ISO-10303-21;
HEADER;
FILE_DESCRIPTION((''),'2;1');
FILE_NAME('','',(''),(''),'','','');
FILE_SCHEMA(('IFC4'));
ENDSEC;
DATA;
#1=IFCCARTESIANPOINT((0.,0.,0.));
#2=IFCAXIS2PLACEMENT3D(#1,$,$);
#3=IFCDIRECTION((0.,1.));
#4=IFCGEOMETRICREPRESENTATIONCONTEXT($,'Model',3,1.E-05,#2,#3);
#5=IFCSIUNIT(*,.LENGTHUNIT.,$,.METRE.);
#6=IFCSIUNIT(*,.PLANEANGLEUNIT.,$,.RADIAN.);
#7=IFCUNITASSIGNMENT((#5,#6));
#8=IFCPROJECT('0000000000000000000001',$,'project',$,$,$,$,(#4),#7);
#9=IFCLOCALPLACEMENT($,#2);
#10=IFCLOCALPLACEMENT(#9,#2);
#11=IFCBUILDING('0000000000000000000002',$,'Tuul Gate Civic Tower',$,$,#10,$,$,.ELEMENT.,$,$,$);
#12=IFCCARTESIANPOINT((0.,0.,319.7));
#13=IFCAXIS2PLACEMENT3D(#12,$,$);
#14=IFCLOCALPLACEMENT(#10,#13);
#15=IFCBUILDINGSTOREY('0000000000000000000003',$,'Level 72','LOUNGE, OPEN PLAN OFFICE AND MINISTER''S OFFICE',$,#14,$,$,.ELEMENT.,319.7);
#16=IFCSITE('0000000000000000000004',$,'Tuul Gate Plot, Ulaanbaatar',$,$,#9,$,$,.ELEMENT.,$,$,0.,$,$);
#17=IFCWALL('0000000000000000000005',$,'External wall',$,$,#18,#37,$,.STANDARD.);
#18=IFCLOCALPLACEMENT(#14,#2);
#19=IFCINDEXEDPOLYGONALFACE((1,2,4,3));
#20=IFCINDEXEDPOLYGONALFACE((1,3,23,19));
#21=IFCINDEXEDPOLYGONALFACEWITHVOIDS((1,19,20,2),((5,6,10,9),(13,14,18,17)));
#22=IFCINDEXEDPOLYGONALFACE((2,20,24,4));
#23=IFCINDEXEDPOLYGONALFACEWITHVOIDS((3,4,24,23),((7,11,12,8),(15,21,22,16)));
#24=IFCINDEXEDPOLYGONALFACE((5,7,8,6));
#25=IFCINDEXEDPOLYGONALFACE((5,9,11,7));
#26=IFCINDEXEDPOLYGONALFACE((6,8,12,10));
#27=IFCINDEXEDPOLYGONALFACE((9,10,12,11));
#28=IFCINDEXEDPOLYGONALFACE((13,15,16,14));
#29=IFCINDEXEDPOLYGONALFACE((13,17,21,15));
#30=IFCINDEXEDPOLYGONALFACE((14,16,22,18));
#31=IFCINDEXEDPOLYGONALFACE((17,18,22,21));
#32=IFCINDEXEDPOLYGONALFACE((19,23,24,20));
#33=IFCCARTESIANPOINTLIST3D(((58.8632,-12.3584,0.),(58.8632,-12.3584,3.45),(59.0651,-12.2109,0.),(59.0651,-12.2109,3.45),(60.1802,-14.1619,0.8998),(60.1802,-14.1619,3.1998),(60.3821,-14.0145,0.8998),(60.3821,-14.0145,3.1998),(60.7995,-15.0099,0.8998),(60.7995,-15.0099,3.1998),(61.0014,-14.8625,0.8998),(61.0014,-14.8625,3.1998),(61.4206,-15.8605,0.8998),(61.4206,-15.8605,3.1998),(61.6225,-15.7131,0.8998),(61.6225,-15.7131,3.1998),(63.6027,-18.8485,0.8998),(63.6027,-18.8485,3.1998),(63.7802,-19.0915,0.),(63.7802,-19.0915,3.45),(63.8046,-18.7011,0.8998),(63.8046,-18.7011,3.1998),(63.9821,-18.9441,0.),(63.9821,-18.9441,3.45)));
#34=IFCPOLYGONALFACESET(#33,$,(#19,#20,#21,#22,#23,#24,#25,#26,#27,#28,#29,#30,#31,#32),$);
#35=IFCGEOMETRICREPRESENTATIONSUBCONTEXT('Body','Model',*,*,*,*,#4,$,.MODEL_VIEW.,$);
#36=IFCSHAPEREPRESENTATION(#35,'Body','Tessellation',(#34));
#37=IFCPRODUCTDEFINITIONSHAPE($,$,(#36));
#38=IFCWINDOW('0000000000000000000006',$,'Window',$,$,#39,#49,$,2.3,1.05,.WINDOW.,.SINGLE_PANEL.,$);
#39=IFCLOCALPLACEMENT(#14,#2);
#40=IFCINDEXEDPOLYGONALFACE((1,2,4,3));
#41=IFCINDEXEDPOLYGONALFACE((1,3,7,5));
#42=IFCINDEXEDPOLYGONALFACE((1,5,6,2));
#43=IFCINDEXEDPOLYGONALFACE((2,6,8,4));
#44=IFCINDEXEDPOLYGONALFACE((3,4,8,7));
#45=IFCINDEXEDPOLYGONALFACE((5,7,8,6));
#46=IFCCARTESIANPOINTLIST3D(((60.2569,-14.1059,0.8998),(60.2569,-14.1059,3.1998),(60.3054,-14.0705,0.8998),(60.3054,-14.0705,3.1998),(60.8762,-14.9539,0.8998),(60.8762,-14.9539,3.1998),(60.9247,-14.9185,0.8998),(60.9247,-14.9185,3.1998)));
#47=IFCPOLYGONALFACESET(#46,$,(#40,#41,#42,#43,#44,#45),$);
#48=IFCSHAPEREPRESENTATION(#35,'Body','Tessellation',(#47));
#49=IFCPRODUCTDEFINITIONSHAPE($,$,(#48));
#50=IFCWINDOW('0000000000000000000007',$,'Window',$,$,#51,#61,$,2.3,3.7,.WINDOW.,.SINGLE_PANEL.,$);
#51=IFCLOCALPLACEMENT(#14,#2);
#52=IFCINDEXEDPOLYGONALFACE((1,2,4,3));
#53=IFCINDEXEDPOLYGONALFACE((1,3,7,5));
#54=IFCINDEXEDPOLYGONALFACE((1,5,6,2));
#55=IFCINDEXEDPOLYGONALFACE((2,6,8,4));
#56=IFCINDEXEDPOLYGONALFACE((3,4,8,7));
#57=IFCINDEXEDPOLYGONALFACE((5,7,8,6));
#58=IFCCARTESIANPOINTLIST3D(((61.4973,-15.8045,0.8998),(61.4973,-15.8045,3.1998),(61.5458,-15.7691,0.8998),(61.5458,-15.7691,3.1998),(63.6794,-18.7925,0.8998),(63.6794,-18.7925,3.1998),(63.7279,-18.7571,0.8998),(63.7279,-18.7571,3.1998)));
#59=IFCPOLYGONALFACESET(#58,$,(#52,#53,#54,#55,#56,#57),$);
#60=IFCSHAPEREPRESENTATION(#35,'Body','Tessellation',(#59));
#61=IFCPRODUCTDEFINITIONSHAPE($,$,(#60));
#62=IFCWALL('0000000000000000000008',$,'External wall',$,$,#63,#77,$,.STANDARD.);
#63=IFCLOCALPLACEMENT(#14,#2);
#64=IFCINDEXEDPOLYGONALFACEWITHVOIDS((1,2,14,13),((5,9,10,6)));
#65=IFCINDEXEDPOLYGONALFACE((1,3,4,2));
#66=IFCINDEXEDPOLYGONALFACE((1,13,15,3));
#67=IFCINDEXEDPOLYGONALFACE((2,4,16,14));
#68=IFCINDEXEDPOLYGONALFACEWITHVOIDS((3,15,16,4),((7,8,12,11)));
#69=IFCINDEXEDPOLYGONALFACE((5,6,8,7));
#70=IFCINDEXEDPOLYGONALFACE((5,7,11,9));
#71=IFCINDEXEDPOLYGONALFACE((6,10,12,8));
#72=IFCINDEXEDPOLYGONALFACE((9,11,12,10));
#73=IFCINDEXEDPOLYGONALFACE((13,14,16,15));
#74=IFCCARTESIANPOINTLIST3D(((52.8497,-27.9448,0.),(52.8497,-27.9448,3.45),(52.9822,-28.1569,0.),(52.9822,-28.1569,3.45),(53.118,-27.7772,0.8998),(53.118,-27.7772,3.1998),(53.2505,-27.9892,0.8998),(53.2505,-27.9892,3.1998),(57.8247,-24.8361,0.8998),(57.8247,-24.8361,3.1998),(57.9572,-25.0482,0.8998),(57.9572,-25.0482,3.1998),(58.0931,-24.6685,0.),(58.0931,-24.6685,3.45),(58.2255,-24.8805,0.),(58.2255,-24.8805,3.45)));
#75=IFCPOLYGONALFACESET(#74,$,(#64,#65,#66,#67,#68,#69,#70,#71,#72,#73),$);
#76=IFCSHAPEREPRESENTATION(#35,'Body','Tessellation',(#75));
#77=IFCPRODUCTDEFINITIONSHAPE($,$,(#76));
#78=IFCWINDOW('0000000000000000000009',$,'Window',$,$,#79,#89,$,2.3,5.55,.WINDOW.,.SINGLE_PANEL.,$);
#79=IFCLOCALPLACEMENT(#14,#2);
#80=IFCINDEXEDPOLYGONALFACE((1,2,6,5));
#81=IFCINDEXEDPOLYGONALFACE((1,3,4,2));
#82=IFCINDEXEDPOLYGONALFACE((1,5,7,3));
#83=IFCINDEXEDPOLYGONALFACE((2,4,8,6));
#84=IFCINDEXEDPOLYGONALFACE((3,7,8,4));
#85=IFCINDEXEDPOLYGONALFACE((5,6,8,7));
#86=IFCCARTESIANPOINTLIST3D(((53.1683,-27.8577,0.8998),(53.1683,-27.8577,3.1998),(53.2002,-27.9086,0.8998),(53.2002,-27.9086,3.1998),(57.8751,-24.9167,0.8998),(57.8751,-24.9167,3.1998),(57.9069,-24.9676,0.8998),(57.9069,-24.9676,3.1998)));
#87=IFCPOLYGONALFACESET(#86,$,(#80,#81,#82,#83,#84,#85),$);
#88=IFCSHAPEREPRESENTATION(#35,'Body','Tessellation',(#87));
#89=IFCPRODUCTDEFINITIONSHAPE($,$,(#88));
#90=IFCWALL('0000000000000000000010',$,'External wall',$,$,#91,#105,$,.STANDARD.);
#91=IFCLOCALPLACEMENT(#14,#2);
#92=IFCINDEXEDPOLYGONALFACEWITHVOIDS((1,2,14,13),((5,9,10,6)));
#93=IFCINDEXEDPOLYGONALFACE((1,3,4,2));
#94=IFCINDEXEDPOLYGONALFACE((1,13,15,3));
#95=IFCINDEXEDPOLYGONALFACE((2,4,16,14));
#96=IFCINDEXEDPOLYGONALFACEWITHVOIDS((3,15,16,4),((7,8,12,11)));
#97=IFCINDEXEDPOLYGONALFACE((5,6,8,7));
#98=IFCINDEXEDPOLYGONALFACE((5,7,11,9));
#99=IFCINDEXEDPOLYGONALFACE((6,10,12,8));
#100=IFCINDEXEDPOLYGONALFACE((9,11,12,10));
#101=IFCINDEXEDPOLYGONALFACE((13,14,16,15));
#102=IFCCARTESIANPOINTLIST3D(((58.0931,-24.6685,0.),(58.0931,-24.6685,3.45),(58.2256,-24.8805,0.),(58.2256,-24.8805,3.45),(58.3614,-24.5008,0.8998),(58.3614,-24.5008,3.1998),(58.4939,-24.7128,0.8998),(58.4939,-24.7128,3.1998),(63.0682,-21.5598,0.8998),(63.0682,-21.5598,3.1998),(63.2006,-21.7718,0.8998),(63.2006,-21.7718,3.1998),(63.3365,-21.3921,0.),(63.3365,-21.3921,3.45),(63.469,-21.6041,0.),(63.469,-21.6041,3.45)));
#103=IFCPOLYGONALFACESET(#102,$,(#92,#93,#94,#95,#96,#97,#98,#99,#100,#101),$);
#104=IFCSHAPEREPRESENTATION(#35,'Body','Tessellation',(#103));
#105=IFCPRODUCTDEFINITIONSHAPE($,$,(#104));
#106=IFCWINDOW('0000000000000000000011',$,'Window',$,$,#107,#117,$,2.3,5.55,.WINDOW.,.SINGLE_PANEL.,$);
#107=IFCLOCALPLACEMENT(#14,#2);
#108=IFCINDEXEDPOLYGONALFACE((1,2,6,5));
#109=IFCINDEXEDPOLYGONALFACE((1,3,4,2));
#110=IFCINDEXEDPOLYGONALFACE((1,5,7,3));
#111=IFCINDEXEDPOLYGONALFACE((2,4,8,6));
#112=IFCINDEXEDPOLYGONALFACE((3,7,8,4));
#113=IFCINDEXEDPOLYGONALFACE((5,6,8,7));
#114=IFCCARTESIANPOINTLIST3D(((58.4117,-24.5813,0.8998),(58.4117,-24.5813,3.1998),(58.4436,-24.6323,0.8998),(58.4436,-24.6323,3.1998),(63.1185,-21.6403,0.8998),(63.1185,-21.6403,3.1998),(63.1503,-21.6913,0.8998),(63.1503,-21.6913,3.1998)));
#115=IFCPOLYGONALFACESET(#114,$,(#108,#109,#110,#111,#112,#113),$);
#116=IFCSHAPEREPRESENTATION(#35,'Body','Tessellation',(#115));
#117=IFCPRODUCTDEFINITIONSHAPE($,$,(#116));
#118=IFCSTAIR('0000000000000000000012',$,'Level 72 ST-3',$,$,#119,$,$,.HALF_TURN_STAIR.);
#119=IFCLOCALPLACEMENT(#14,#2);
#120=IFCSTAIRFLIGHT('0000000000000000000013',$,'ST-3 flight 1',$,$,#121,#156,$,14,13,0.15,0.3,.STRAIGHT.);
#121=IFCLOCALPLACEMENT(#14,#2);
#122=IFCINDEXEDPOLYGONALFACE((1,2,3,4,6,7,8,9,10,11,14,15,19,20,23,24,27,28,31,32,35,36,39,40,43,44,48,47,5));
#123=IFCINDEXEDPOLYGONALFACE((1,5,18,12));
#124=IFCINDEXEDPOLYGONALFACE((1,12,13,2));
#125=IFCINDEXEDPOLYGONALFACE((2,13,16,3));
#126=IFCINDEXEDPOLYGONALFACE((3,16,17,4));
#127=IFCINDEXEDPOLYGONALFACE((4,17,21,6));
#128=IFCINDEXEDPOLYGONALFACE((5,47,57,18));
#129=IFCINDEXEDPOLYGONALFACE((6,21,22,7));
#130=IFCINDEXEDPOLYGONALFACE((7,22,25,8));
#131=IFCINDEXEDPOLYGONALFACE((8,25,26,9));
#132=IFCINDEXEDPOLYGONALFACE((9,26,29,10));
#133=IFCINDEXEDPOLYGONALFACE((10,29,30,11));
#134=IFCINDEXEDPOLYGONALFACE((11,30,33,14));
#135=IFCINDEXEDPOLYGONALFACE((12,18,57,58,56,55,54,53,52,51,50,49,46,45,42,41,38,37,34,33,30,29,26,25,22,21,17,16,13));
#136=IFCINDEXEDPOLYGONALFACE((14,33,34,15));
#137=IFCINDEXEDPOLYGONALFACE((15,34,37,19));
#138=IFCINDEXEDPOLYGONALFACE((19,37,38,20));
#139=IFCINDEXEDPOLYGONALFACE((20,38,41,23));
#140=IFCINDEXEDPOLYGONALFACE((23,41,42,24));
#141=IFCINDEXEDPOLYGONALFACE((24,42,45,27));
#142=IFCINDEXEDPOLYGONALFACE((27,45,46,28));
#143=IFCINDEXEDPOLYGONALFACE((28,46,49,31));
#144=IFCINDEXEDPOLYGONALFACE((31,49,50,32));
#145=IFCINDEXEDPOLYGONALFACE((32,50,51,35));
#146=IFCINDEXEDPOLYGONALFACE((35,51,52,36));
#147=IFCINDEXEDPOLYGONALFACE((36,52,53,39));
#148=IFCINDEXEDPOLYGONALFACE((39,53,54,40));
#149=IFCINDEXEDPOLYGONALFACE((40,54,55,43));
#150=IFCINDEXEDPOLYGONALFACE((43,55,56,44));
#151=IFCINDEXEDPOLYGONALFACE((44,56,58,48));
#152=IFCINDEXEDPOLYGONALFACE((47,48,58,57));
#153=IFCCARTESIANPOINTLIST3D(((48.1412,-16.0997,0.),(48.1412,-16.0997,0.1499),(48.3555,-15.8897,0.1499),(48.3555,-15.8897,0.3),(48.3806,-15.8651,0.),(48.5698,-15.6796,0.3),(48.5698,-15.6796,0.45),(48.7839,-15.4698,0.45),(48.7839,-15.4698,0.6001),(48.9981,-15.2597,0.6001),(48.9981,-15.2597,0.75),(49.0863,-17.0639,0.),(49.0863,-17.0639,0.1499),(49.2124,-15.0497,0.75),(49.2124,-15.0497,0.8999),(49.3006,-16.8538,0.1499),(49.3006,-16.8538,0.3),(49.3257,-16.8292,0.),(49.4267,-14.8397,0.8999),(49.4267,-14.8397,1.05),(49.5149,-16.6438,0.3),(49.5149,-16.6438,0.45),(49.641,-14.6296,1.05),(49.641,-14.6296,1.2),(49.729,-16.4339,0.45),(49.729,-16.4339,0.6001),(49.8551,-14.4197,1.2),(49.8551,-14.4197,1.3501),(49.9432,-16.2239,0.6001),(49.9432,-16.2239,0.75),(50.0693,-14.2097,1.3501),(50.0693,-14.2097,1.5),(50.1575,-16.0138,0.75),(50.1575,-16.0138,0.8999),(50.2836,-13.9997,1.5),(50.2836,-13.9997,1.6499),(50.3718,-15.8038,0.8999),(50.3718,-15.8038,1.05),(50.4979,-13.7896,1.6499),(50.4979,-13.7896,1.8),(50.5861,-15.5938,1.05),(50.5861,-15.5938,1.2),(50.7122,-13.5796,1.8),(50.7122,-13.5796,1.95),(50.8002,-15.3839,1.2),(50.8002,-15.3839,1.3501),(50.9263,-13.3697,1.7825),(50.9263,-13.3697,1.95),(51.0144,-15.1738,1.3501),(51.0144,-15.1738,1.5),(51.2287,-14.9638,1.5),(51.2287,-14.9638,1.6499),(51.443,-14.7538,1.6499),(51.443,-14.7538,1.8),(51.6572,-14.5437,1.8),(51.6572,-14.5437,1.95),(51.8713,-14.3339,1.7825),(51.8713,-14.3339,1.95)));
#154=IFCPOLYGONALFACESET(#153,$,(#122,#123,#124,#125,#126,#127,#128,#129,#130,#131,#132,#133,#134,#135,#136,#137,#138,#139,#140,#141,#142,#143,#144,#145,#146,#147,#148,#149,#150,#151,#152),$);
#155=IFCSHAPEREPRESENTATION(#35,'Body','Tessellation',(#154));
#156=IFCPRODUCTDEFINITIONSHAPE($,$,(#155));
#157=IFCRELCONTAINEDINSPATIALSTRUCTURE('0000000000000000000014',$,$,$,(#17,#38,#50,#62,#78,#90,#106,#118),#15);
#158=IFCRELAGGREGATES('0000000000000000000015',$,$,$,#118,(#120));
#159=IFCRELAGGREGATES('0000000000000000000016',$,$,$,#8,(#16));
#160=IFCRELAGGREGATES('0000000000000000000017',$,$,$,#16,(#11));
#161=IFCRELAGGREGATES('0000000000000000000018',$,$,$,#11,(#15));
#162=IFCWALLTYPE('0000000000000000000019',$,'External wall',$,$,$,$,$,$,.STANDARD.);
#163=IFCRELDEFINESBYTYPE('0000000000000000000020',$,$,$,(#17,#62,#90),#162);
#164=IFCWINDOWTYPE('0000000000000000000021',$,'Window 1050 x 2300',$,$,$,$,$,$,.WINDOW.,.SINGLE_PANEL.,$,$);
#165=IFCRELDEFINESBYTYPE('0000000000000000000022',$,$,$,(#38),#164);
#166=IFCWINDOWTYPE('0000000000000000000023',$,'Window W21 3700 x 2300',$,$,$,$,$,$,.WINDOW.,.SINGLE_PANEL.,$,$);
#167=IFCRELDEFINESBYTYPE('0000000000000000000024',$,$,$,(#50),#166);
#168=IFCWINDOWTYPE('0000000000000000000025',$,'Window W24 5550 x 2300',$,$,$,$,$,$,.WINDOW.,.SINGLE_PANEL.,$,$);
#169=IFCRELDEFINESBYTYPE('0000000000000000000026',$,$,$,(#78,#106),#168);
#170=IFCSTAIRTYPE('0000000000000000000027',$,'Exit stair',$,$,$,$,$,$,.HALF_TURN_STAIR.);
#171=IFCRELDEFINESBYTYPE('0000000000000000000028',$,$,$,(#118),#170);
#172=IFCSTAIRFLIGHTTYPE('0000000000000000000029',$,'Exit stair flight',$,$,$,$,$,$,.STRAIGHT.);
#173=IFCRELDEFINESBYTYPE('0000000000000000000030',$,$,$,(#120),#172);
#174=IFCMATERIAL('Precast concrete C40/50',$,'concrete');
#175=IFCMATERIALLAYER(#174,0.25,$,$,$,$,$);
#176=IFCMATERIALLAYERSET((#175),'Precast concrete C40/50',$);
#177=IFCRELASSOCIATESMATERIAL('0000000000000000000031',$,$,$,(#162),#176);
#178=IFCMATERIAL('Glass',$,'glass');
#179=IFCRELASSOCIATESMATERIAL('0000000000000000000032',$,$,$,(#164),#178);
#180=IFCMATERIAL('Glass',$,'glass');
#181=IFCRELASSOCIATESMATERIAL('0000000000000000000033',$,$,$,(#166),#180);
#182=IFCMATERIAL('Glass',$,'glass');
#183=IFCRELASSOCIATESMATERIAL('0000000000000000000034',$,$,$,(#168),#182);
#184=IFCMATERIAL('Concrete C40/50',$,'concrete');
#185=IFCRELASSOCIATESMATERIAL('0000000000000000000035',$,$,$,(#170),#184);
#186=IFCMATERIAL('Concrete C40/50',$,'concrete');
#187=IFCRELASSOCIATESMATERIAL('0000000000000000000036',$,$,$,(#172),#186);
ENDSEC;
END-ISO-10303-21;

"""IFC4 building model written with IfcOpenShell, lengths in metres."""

from ifc_helpers import new_model, si_unit, direction, frame, frame_2d, origin, place, context, subcontext, project, spatial, polyline, rectangle, outline, extrude, material, layer, layer_set, type_object, element, fill, aggregate, save


model = new_model("IFC4")

# Units and contexts
model_context = context("Model", 3, precision=1e-05, world=origin(), true_north=direction((0.0, 1.0)))
body_context = subcontext(model_context, "Body", "Model", "MODEL_VIEW")
ifc_project = project(units=[si_unit("LENGTHUNIT", "METRE"), si_unit("PLANEANGLEUNIT", "RADIAN")], contexts=[model_context])

# Site, building, storey
site_placement = place(None, origin())
site = spatial("IfcSite", under=ifc_project, at=site_placement, Name="Tuul Gate Plot, Ulaanbaatar", CompositionType="ELEMENT", RefElevation=0.0)
building_placement = place(site_placement, origin())
building = spatial("IfcBuilding", under=site, at=building_placement, Name="Tuul Gate Civic Tower", CompositionType="ELEMENT")
storey_placement = place(building_placement, frame((0.0, 0.0, 319.7)))
storey = spatial("IfcBuildingStorey", under=building, at=storey_placement, Name="Level 72", Description="LOUNGE, OPEN PLAN OFFICE AND MINISTER'S OFFICE", CompositionType="ELEMENT", Elevation=319.7)

# Shared definitions
ifc_material_1 = material(Name="Precast concrete C40/50", Category="concrete")
ifc_layer_1 = layer(ifc_material_1, 0.25)
ifc_layer_set_1 = layer_set([ifc_layer_1], Name="Precast concrete C40/50")
wall_type_1 = type_object("IfcWallType", Name="External wall", PredefinedType="STANDARD", material=ifc_layer_set_1)

# Wall, openings, windows
wall_1_placement = place(storey_placement, frame((63.8811, -19.0178, 0.0), z_axis=(0.0, 0.0, 1.0), x_axis=(-0.589752, 0.807585, 0.0)))
wall_1 = element("IfcWall", 1, at=wall_1_placement, inside=storey, type_object=wall_type_1, Name="External wall", PredefinedType="STANDARD", context=body_context, shape_type="SweptSolid", body=[
    extrude(rectangle(XDim=8.3374, YDim=0.25, at=frame_2d((4.1687, 0.0))), origin(), (0.0, 0.0, 1.0), 3.45),
])
opening_1_placement = place(wall_1_placement, frame((0.3008, 0.0, 0.8999)))
opening_1 = element("IfcOpeningElement", 2, at=opening_1_placement, cuts=wall_1, PredefinedType="OPENING", context=body_context, shape_type="SweptSolid", body=[
    extrude(rectangle(XDim=3.7, YDim=2.3, at=frame_2d((1.8501, 1.1499))), frame((0.0, 0.135, 0.0), z_axis=(0.0, -1.0, 0.0), x_axis=(1.0, 0.0, 0.0)), (0.0, 0.0, 1.0), 0.27),
])
opening_2_placement = place(wall_1_placement, frame((5.0542, 0.0, 0.8999)))
opening_2 = element("IfcOpeningElement", 3, at=opening_2_placement, cuts=wall_1, PredefinedType="OPENING", context=body_context, shape_type="SweptSolid", body=[
    extrude(rectangle(XDim=1.05, YDim=2.3, at=frame_2d((0.5249, 1.1499))), frame((0.0, 0.135, 0.0), z_axis=(0.0, -1.0, 0.0), x_axis=(1.0, 0.0, 0.0)), (0.0, 0.0, 1.0), 0.27),
])
ifc_material_2 = material(Name="Glass", Category="glass")
window_type_1 = type_object("IfcWindowType", Name="Window 1050 x 2300", PartitioningType="SINGLE_PANEL", PredefinedType="WINDOW", material=ifc_material_2)
window_1_placement = place(opening_2_placement, origin())
window_1 = element("IfcWindow", 4, at=window_1_placement, inside=storey, type_object=window_type_1, Name="Window", OverallHeight=2.3, OverallWidth=1.05, PartitioningType="SINGLE_PANEL", PredefinedType="WINDOW", context=body_context, shape_type="SweptSolid", body=[
    extrude(rectangle(XDim=1.05, YDim=2.3, at=frame_2d((0.5249, 1.1499))), frame((0.0, 0.03, 0.0), z_axis=(0.0, -1.0, 0.0), x_axis=(1.0, 0.0, 0.0)), (0.0, 0.0, 1.0), 0.0601),
])
fill(opening_2, window_1)
ifc_material_3 = material(Name="Glass", Category="glass")
window_type_2 = type_object("IfcWindowType", Name="Window W21 3700 x 2300", PartitioningType="SINGLE_PANEL", PredefinedType="WINDOW", material=ifc_material_3)
window_2_placement = place(opening_1_placement, origin())
window_2 = element("IfcWindow", 5, at=window_2_placement, inside=storey, type_object=window_type_2, Name="Window", OverallHeight=2.3, OverallWidth=3.7, PartitioningType="SINGLE_PANEL", PredefinedType="WINDOW", context=body_context, shape_type="SweptSolid", body=[
    extrude(rectangle(XDim=3.7, YDim=2.3, at=frame_2d((1.8501, 1.1499))), frame((0.0, 0.03, 0.0), z_axis=(0.0, -1.0, 0.0), x_axis=(1.0, 0.0, 0.0)), (0.0, 0.0, 1.0), 0.0601),
])
fill(opening_1, window_2)

# Walls, openings, windows
wall_2_placement = place(storey_placement, frame((52.916, -28.0508, 0.0), z_axis=(0.0, 0.0, 1.0), x_axis=(0.848054, 0.52991, 0.0)))
wall_2 = element("IfcWall", 6, at=wall_2_placement, inside=storey, type_object=wall_type_1, Name="External wall", PredefinedType="STANDARD", context=body_context, shape_type="SweptSolid", body=[
    extrude(rectangle(XDim=6.1829, YDim=0.25, at=frame_2d((3.0913, 0.0))), origin(), (0.0, 0.0, 1.0), 3.45),
])
opening_3_placement = place(wall_2_placement, frame((0.3164, 0.0, 0.8999)))
opening_3 = element("IfcOpeningElement", 7, at=opening_3_placement, cuts=wall_2, PredefinedType="OPENING", context=body_context, shape_type="SweptSolid", body=[
    extrude(rectangle(XDim=5.55, YDim=2.3, at=frame_2d((2.7749, 1.1499))), frame((0.0, 0.135, 0.0), z_axis=(0.0, -1.0, 0.0), x_axis=(1.0, 0.0, 0.0)), (0.0, 0.0, 1.0), 0.27),
])
ifc_material_4 = material(Name="Glass", Category="glass")
window_type_3 = type_object("IfcWindowType", Name="Window W24 5550 x 2300", PartitioningType="SINGLE_PANEL", PredefinedType="WINDOW", material=ifc_material_4)
window_3_placement = place(opening_3_placement, origin())
window_3 = element("IfcWindow", 8, at=window_3_placement, inside=storey, type_object=window_type_3, Name="Window", OverallHeight=2.3, OverallWidth=5.55, PartitioningType="SINGLE_PANEL", PredefinedType="WINDOW", context=body_context, shape_type="SweptSolid", body=[
    extrude(rectangle(XDim=5.55, YDim=2.3, at=frame_2d((2.7749, 1.1499))), frame((0.0, 0.03, 0.0), z_axis=(0.0, -1.0, 0.0), x_axis=(1.0, 0.0, 0.0)), (0.0, 0.0, 1.0), 0.0601),
])
fill(opening_3, window_3)
wall_3_placement = place(storey_placement, frame((58.1594, -24.7744, 0.0), z_axis=(0.0, 0.0, 1.0), x_axis=(0.848054, 0.52991, 0.0)))
wall_3 = element("IfcWall", 9, at=wall_3_placement, inside=storey, type_object=wall_type_1, Name="External wall", PredefinedType="STANDARD", context=body_context, shape_type="SweptSolid", body=[
    extrude(rectangle(XDim=6.1829, YDim=0.25, at=frame_2d((3.0913, 0.0))), origin(), (0.0, 0.0, 1.0), 3.45),
])
opening_4_placement = place(wall_3_placement, frame((0.3164, 0.0, 0.8999)))
opening_4 = element("IfcOpeningElement", 10, at=opening_4_placement, cuts=wall_3, PredefinedType="OPENING", context=body_context, shape_type="SweptSolid", body=[
    extrude(rectangle(XDim=5.55, YDim=2.3, at=frame_2d((2.7749, 1.1499))), frame((0.0, 0.135, 0.0), z_axis=(0.0, -1.0, 0.0), x_axis=(1.0, 0.0, 0.0)), (0.0, 0.0, 1.0), 0.27),
])
window_4_placement = place(opening_4_placement, origin())
window_4 = element("IfcWindow", 11, at=window_4_placement, inside=storey, type_object=window_type_3, Name="Window", OverallHeight=2.3, OverallWidth=5.55, PartitioningType="SINGLE_PANEL", PredefinedType="WINDOW", context=body_context, shape_type="SweptSolid", body=[
    extrude(rectangle(XDim=5.55, YDim=2.3, at=frame_2d((2.7749, 1.1499))), frame((0.0, 0.03, 0.0), z_axis=(0.0, -1.0, 0.0), x_axis=(1.0, 0.0, 0.0)), (0.0, 0.0, 1.0), 0.0601),
])
fill(opening_4, window_4)

# Stair, stair flight
ifc_material_5 = material(Name="Concrete C40/50", Category="concrete")
stair_type = type_object("IfcStairType", Name="Exit stair", PredefinedType="HALF_TURN_STAIR", material=ifc_material_5)
stair_placement = place(storey_placement, origin())
stair = element("IfcStair", 12, at=stair_placement, inside=storey, type_object=stair_type, Name="Level 72 ST-3", PredefinedType="HALF_TURN_STAIR")
ifc_material_6 = material(Name="Concrete C40/50", Category="concrete")
stair_flight_type = type_object("IfcStairFlightType", Name="Exit stair flight", PredefinedType="STRAIGHT", material=ifc_material_6)
stair_flight_1_placement = place(storey_placement, frame((48.6138, -16.5818, 0.0), z_axis=(0.0, 0.0, 1.0), x_axis=(0.714127, 0.700016, 0.0)))
stair_flight_1 = element("IfcStairFlight", 13, at=stair_flight_1_placement, type_object=stair_flight_type, Name="ST-3 flight 1", NumberOfRisers=14, NumberOfTreads=13, PredefinedType="STRAIGHT", RiserHeight=0.15, TreadLength=0.3, context=body_context, shape_type="SweptSolid", body=[
    extrude(outline(polyline([(0.0, 0.0), (0.0, 0.1499), (0.3, 0.1499), (0.3, 0.3), (0.6001, 0.3), (0.6001, 0.45), (0.8999, 0.45), (0.8999, 0.6001), (1.2, 0.6001), (1.2, 0.75), (1.5, 0.75), (1.5, 0.8999), (1.8, 0.8999), (1.8, 1.05), (2.1001, 1.05), (2.1001, 1.2), (2.3999, 1.2), (2.3999, 1.3501), (2.7, 1.3501), (2.7, 1.5), (3.0, 1.5), (3.0, 1.6499), (3.3, 1.6499), (3.3, 1.8), (3.6001, 1.8), (3.6001, 1.95), (3.8999, 1.95), (3.8999, 2.1001), (3.8999, 1.7825), (0.3352, 0.0), (0.0, 0.0)])), frame((0.0, 0.675, 0.0), z_axis=(0.0, -1.0, 0.0), x_axis=(1.0, 0.0, 0.0)), (0.0, 0.0, 1.0), 1.3501),
])
aggregate(stair, [stair_flight_1])

save(model, "model.ifc")
